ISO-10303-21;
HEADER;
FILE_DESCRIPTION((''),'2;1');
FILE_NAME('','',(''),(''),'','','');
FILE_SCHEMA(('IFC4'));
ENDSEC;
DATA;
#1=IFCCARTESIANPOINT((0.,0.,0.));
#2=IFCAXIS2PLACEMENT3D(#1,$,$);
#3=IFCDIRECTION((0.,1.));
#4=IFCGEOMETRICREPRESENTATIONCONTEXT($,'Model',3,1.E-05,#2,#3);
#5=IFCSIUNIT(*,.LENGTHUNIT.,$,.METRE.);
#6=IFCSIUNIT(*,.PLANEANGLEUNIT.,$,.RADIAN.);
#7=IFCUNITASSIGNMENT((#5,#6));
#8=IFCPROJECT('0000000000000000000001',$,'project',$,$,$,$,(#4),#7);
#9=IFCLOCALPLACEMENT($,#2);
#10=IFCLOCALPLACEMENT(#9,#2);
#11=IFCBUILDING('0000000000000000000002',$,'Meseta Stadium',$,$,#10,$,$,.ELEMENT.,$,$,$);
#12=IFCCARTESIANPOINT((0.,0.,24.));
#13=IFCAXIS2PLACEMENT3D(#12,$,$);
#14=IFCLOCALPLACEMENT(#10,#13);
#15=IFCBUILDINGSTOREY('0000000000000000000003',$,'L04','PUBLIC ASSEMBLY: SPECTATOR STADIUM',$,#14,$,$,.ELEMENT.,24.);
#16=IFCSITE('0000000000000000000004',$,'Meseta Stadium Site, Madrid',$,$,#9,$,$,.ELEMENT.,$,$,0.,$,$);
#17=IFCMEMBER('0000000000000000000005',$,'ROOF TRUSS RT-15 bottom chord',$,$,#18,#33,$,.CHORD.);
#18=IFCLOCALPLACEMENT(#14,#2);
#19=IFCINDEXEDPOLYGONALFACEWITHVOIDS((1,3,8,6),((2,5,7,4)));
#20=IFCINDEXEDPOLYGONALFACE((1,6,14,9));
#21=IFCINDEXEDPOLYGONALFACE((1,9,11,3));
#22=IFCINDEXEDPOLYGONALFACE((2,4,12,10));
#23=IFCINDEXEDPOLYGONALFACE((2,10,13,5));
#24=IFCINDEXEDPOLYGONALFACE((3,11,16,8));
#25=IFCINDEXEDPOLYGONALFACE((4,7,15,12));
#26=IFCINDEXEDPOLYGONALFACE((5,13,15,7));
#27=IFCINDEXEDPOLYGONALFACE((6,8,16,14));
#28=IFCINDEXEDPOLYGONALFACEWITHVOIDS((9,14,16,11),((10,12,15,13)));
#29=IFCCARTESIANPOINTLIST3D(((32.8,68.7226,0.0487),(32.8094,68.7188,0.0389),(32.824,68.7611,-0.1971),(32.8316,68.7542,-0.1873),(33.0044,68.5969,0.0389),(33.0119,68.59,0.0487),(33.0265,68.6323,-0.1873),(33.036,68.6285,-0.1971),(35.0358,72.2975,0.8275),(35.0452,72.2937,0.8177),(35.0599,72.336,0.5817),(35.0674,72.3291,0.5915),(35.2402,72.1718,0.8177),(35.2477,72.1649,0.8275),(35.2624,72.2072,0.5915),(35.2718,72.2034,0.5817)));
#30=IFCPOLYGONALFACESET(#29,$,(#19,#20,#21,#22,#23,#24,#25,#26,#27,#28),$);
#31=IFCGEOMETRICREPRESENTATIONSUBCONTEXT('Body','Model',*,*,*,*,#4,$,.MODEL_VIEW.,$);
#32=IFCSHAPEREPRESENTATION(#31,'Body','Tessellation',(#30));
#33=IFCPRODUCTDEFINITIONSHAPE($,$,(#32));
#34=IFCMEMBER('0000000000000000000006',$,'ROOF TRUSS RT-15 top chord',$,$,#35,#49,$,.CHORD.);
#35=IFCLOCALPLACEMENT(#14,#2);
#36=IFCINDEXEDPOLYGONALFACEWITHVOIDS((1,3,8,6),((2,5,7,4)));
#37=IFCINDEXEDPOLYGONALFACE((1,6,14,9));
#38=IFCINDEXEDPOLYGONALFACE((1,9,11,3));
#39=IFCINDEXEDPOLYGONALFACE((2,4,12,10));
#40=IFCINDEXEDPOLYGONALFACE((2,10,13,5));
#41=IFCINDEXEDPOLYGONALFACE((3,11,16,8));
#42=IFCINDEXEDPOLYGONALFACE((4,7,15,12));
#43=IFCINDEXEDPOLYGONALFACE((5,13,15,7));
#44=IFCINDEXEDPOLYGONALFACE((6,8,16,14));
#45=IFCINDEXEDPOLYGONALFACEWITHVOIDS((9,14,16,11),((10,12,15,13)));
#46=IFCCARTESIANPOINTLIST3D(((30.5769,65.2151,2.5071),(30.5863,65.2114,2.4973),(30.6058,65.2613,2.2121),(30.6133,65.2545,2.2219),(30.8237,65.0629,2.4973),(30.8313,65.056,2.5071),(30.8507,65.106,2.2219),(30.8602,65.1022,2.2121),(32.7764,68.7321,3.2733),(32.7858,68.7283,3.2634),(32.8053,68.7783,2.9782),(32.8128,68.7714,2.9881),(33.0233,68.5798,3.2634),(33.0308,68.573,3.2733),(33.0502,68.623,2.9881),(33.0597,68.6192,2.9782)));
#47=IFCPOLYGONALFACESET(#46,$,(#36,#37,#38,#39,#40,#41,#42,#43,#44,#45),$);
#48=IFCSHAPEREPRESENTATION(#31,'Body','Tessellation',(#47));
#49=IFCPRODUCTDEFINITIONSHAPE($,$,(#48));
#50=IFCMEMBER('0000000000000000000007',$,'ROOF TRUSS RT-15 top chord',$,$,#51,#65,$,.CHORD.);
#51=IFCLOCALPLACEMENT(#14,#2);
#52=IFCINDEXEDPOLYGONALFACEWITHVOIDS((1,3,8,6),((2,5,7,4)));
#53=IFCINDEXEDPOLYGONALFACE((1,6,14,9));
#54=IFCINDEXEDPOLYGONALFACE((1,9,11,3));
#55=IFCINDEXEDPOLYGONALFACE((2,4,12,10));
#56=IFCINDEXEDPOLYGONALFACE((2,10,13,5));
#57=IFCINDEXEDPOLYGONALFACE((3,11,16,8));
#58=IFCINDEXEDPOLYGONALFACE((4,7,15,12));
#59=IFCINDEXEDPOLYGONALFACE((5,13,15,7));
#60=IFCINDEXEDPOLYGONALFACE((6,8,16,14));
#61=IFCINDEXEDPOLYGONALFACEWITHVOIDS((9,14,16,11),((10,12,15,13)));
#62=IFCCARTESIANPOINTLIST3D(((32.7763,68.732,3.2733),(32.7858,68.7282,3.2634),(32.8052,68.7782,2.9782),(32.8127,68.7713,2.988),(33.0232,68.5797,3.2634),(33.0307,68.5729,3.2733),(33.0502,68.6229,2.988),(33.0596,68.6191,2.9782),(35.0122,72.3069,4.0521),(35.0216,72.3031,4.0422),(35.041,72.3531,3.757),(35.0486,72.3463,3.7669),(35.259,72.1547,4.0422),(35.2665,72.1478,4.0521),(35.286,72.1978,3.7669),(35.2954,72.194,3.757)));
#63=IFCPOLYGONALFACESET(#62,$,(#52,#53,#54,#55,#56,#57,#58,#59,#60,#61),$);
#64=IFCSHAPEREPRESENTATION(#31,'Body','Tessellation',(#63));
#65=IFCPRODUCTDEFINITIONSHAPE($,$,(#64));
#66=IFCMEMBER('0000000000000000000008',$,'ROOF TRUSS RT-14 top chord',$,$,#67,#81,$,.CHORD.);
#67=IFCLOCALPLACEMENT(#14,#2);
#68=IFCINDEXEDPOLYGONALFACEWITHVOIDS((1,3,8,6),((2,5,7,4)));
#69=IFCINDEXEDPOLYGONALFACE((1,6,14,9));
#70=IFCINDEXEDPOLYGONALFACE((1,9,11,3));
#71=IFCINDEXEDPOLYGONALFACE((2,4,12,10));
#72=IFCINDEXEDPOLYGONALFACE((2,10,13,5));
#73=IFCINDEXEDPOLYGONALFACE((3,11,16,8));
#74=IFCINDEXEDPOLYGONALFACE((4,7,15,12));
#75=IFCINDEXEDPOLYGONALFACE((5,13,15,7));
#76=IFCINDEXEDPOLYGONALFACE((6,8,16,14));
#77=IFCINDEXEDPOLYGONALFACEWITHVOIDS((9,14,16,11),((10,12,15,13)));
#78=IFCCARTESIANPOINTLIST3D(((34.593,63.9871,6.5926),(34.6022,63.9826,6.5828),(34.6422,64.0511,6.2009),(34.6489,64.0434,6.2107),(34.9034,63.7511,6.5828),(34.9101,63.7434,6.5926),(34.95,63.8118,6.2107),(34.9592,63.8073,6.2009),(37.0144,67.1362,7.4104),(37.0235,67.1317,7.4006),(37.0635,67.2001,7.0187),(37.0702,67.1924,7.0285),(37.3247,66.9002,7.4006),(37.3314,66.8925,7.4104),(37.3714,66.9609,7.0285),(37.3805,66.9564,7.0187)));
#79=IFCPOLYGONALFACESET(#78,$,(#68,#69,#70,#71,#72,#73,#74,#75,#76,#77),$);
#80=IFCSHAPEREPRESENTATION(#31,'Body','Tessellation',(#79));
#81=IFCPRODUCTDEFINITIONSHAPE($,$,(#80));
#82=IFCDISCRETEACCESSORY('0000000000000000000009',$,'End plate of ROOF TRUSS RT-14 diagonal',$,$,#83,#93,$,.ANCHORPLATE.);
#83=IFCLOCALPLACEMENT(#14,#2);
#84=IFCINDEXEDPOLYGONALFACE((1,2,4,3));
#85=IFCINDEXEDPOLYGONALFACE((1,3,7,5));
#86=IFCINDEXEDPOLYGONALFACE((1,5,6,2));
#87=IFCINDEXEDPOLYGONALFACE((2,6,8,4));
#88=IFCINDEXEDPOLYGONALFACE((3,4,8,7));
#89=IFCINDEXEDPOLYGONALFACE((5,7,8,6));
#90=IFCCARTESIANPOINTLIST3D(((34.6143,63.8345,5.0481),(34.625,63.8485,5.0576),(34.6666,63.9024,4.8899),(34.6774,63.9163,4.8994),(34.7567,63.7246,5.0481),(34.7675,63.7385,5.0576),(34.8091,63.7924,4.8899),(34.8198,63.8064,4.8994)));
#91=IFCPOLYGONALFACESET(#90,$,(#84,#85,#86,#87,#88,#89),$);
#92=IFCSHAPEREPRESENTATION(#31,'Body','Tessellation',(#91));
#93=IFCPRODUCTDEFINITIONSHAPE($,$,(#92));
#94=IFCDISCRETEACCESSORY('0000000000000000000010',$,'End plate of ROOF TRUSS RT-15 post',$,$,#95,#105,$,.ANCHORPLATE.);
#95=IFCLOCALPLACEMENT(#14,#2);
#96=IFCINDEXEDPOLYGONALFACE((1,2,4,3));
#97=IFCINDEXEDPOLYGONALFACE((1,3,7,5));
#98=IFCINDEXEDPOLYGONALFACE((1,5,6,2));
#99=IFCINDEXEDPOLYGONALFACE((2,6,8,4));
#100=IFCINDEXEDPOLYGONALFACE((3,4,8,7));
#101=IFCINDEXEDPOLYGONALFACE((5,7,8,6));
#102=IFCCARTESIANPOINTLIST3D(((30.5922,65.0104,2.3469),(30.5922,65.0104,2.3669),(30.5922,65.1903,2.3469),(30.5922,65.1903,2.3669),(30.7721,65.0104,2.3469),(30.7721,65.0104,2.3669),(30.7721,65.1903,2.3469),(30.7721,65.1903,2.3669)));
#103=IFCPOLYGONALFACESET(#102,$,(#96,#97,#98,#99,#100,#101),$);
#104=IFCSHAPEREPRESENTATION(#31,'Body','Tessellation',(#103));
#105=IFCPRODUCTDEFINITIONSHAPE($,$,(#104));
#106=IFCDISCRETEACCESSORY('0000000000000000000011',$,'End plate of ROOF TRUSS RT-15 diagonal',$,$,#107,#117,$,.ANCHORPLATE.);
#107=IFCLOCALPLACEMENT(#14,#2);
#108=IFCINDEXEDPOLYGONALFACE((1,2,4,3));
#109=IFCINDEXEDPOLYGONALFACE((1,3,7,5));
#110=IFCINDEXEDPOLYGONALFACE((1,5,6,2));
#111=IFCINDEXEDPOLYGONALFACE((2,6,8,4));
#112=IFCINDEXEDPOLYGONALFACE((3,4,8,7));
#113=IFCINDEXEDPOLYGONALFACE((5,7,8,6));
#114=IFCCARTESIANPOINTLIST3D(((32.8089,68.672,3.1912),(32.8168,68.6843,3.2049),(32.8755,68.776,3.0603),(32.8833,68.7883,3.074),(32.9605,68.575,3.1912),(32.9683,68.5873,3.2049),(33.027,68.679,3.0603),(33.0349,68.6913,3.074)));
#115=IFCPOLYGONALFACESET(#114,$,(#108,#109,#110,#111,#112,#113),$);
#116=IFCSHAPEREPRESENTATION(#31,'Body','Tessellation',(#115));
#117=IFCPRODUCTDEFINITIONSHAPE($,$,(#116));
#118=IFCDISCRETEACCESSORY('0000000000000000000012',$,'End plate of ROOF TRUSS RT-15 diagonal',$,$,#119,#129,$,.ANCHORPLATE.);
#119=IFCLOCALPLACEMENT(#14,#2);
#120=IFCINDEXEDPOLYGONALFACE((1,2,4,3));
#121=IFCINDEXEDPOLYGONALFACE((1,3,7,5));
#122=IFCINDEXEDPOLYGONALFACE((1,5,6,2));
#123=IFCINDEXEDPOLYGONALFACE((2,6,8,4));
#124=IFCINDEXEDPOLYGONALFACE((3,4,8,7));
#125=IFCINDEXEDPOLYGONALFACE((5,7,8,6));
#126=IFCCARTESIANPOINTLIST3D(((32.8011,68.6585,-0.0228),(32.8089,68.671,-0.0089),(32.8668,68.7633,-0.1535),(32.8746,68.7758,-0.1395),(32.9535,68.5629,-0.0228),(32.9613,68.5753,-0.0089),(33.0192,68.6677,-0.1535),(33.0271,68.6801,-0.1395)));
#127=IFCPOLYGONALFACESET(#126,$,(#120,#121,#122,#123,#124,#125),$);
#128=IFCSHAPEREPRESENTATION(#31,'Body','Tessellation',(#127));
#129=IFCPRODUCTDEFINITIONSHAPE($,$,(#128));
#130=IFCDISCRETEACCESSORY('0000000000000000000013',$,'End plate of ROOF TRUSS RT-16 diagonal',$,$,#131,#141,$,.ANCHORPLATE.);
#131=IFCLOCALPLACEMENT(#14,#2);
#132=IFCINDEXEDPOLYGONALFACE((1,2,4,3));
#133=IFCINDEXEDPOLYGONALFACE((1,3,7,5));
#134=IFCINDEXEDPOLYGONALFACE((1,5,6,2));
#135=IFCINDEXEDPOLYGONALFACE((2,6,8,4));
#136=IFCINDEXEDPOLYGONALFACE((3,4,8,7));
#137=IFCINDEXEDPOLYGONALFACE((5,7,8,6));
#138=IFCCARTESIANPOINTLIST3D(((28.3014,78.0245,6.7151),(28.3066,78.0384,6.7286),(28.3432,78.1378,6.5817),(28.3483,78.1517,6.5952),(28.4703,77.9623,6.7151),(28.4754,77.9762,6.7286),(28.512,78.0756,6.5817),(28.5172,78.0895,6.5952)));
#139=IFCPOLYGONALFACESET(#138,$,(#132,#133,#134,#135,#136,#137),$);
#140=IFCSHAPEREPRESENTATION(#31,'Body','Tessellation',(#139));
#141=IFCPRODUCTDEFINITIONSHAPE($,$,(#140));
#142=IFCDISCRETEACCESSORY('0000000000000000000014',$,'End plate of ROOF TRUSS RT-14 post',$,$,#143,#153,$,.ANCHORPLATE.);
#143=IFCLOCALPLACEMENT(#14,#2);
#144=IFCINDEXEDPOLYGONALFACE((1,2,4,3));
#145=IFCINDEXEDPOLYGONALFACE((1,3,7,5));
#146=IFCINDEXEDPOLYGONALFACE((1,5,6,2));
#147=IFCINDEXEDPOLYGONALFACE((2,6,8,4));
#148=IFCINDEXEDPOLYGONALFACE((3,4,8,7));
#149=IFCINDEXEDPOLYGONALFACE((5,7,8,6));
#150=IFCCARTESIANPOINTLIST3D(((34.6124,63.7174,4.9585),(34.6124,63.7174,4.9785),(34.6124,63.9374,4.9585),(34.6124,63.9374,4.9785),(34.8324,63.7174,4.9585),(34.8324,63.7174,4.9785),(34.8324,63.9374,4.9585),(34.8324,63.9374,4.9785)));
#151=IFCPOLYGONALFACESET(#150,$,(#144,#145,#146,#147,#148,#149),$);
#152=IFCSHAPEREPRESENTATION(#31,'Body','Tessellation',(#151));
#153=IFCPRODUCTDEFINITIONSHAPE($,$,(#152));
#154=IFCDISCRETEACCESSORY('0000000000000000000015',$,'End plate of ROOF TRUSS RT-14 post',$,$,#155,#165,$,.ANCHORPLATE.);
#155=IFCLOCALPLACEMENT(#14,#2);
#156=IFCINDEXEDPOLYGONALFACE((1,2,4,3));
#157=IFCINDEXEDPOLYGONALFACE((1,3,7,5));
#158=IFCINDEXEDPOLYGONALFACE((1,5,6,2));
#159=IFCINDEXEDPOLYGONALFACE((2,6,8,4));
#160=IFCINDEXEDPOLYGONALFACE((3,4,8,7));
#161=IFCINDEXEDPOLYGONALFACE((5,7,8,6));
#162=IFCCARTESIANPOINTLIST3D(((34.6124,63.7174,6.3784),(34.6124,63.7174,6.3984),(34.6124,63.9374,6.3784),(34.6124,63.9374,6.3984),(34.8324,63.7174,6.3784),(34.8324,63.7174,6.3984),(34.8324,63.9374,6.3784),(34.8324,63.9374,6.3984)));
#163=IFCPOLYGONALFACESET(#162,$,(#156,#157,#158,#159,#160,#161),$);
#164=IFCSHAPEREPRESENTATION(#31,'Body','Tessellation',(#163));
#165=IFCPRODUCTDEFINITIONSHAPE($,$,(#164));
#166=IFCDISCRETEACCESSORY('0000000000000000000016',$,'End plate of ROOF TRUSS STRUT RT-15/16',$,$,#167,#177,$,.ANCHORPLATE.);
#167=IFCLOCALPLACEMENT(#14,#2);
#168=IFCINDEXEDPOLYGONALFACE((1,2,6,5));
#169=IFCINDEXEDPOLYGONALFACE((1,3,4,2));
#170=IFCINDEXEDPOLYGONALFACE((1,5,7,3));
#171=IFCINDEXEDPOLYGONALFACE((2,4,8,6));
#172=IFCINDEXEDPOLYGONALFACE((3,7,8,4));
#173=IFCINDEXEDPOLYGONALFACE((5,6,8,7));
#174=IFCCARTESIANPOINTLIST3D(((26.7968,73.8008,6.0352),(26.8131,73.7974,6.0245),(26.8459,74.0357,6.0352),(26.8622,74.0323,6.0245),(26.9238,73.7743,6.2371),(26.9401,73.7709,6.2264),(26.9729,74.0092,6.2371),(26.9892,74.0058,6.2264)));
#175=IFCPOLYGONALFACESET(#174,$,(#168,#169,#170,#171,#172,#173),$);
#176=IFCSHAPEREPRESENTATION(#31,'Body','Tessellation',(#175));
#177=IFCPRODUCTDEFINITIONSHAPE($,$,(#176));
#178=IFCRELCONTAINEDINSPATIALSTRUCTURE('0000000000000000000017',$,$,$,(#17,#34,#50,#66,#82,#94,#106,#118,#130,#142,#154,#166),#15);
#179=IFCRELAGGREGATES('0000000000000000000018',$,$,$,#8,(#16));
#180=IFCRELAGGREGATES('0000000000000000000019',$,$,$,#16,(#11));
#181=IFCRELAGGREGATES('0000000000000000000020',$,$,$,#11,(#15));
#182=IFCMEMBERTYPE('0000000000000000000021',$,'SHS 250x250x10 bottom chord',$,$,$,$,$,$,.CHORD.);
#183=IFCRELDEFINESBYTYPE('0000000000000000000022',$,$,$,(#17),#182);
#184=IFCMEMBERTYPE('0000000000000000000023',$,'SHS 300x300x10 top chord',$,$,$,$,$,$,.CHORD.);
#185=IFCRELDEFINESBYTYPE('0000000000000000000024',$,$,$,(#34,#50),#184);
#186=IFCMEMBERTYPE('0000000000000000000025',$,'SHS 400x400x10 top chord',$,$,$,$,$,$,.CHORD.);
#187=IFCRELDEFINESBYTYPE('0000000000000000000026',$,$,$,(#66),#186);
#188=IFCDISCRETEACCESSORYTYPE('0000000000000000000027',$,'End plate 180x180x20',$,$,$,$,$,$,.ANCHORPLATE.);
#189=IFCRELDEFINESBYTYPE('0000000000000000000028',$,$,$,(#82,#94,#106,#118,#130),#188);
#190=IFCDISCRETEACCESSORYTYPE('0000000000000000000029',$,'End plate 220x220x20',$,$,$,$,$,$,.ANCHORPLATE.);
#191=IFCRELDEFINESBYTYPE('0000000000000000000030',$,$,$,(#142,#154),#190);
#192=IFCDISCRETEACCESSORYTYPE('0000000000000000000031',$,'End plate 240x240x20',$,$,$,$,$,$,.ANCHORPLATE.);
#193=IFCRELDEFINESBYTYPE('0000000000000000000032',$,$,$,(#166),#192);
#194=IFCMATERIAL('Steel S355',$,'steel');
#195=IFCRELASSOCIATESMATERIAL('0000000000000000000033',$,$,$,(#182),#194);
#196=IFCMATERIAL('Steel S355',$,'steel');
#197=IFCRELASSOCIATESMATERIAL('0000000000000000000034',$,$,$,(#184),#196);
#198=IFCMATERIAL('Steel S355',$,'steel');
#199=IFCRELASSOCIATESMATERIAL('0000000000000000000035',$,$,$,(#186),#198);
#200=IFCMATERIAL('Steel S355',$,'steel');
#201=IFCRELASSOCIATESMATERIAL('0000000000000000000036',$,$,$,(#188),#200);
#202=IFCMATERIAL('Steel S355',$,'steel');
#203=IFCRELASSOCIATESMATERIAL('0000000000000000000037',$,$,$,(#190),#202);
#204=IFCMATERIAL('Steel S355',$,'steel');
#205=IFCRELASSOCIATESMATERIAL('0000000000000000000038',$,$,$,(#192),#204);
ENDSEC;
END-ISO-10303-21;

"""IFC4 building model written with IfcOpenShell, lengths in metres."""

from ifc_helpers import new_model, si_unit, direction, frame, origin, origin_2d, place, context, subcontext, project, spatial, rectangle, hollow_rectangle, extrude, material, material_profile, profile_set, type_object, element, save


model = new_model("IFC4")

# Units and contexts
model_context = context("Model", 3, precision=1e-05, world=origin(), true_north=direction((0.0, 1.0)))
body_context = subcontext(model_context, "Body", "Model", "MODEL_VIEW")
ifc_project = project(units=[si_unit("LENGTHUNIT", "METRE"), si_unit("PLANEANGLEUNIT", "RADIAN")], contexts=[model_context])

# Site, building, storey
site_placement = place(None, origin())
site = spatial("IfcSite", under=ifc_project, at=site_placement, Name="Meseta Stadium Site, Madrid", CompositionType="ELEMENT", RefElevation=0.0)
building_placement = place(site_placement, origin())
building = spatial("IfcBuilding", under=site, at=building_placement, Name="Meseta Stadium", CompositionType="ELEMENT")
storey_placement = place(building_placement, frame((0.0, 0.0, 24.0)))
storey = spatial("IfcBuildingStorey", under=building, at=storey_placement, Name="L04", Description="PUBLIC ASSEMBLY: SPECTATOR STADIUM", CompositionType="ELEMENT", Elevation=24.0)

# Members
ifc_material_1 = material(Name="Steel S355", Category="steel")
ifc_material_profile_1 = material_profile(ifc_material_1, hollow_rectangle(XDim=0.25, YDim=0.25, WallThickness=0.01, at=origin_2d()), Name="SHS 250x250x10")
ifc_profile_set_1 = profile_set([ifc_material_profile_1], Name="Steel S355")
member_type_1 = type_object("IfcMemberType", Name="SHS 250x250x10 bottom chord", PredefinedType="CHORD", material=ifc_profile_set_1)
member_1_placement = place(storey_placement, frame((32.918, 68.6755, -0.0742), z_axis=(0.521434, 0.833737, 0.181631), x_axis=(-0.847839, 0.530254, 0.0)))
element("IfcMember", 1, at=member_1_placement, inside=storey, type_object=member_type_1, Name="ROOF TRUSS RT-15 bottom chord", PredefinedType="CHORD", context=body_context, shape_type="SweptSolid", body=[
    extrude(hollow_rectangle(XDim=0.25, YDim=0.25, WallThickness=0.01, at=origin_2d()), origin(), (0.0, 0.0, 1.0), 4.2878),
])
ifc_material_2 = material(Name="Steel S355", Category="steel")
ifc_material_profile_2 = material_profile(ifc_material_2, hollow_rectangle(XDim=0.3, YDim=0.3, WallThickness=0.01, at=origin_2d()), Name="SHS 300x300x10")
ifc_profile_set_2 = profile_set([ifc_material_profile_2], Name="Steel S355")
member_type_2 = type_object("IfcMemberType", Name="SHS 300x300x10 top chord", PredefinedType="CHORD", material=ifc_profile_set_2)
member_2_placement = place(storey_placement, frame((30.7185, 65.1587, 2.3596), z_axis=(0.521429, 0.833742, 0.181623), x_axis=(-0.847843, 0.530248, 0.0)))
element("IfcMember", 2, at=member_2_placement, inside=storey, type_object=member_type_2, Name="ROOF TRUSS RT-15 top chord", PredefinedType="CHORD", context=body_context, shape_type="SweptSolid", body=[
    extrude(hollow_rectangle(XDim=0.3, YDim=0.3, WallThickness=0.01, at=origin_2d()), origin(), (0.0, 0.0, 1.0), 4.2183),
])
member_3_placement = place(storey_placement, frame((32.918, 68.6755, 3.1257), z_axis=(0.521434, 0.833737, 0.181631), x_axis=(-0.847839, 0.530254, 0.0)))
element("IfcMember", 3, at=member_3_placement, inside=storey, type_object=member_type_2, Name="ROOF TRUSS RT-15 top chord", PredefinedType="CHORD", context=body_context, shape_type="SweptSolid", body=[
    extrude(hollow_rectangle(XDim=0.3, YDim=0.3, WallThickness=0.01, at=origin_2d()), origin(), (0.0, 0.0, 1.0), 4.2878),
])
ifc_material_3 = material(Name="Steel S355", Category="steel")
ifc_material_profile_3 = material_profile(ifc_material_3, hollow_rectangle(XDim=0.3999, YDim=0.3999, WallThickness=0.01, at=origin_2d()), Name="SHS 400x400x10")
ifc_profile_set_3 = profile_set([ifc_material_profile_3], Name="Steel S355")
member_type_3 = type_object("IfcMemberType", Name="SHS 400x400x10 top chord", PredefinedType="CHORD", material=ifc_profile_set_3)
member_4_placement = place(storey_placement, frame((34.7761, 63.8972, 6.3967), z_axis=(0.597022, 0.776466, 0.201656), x_axis=(-0.792752, 0.609544, 0.0)))
element("IfcMember", 4, at=member_4_placement, inside=storey, type_object=member_type_3, Name="ROOF TRUSS RT-14 top chord", PredefinedType="CHORD", context=body_context, shape_type="SweptSolid", body=[
    extrude(hollow_rectangle(XDim=0.3999, YDim=0.3999, WallThickness=0.01, at=origin_2d()), origin(), (0.0, 0.0, 1.0), 4.0557),
])

# Discrete accessories
ifc_material_4 = material(Name="Steel S355", Category="steel")
ifc_material_profile_4 = material_profile(ifc_material_4, rectangle(XDim=0.1799, YDim=0.1799, at=origin_2d()), Name="PL 180x180")
ifc_profile_set_4 = profile_set([ifc_material_profile_4], Name="Steel S355")
discrete_accessory_type_1 = type_object("IfcDiscreteAccessoryType", Name="End plate 180x180x20", PredefinedType="ANCHORPLATE", material=ifc_profile_set_4)
for number, where, z_axis, x_axis, name in (
    (5, (34.7117, 63.8135, 4.969), (0.537305, 0.696054, 0.476248), (-0.79159, 0.611052, 0.0), "End plate of ROOF TRUSS RT-14 diagonal"),
    (6, (30.6821, 65.1003, 2.3469), (0.0, 0.0, 1.0), (1.0, 0.0, 0.0), "End plate of ROOF TRUSS RT-15 post"),
    (7, (32.918, 68.6755, 3.1257), (0.392114, 0.612679, 0.6862), (-0.842271, 0.539054, 0.0), "End plate of ROOF TRUSS RT-15 diagonal"),
):
    element("IfcDiscreteAccessory", number, at=place(storey_placement, frame(where, z_axis=z_axis, x_axis=x_axis)), inside=storey, type_object=discrete_accessory_type_1, Name=name, PredefinedType="ANCHORPLATE", context=body_context, shape_type="SweptSolid", body=[
        extrude(rectangle(XDim=0.1799, YDim=0.1799, at=origin_2d()), origin(), (0.0, 0.0, 1.0), 0.02),
    ])
discrete_accessory_1_placement = place(storey_placement, frame((32.9102, 68.6631, -0.0881), z_axis=(0.385963, 0.615128, 0.687496), x_axis=(-0.847064, 0.531491, 0.0)))
element("IfcDiscreteAccessory", 8, at=discrete_accessory_1_placement, inside=storey, type_object=discrete_accessory_type_1, Name="End plate of ROOF TRUSS RT-15 diagonal", PredefinedType="ANCHORPLATE", context=body_context, shape_type="SweptSolid", body=[
    extrude(rectangle(XDim=0.1799, YDim=0.1799, at=origin_2d()), origin(), (0.0, 0.0, 1.0), 0.0203),
])
discrete_accessory_2_placement = place(storey_placement, frame((28.4067, 78.05, 6.6484), z_axis=(0.256269, 0.695588, 0.671181), x_axis=(-0.938343, 0.345705, 0.0)))
element("IfcDiscreteAccessory", 9, at=discrete_accessory_2_placement, inside=storey, type_object=discrete_accessory_type_1, Name="End plate of ROOF TRUSS RT-16 diagonal", PredefinedType="ANCHORPLATE", context=body_context, shape_type="SweptSolid", body=[
    extrude(rectangle(XDim=0.1799, YDim=0.1799, at=origin_2d()), origin(), (0.0, 0.0, 1.0), 0.02),
])
ifc_material_5 = material(Name="Steel S355", Category="steel")
ifc_material_profile_5 = material_profile(ifc_material_5, rectangle(XDim=0.22, YDim=0.22, at=origin_2d()), Name="PL 220x220")
ifc_profile_set_5 = profile_set([ifc_material_profile_5], Name="Steel S355")
discrete_accessory_type_2 = type_object("IfcDiscreteAccessoryType", Name="End plate 220x220x20", PredefinedType="ANCHORPLATE", material=ifc_profile_set_5)
for number, where, z_axis, x_axis, name in (
    (10, (34.7224, 63.8274, 4.9585), (0.0, 0.0, 1.0), (1.0, 0.0, 0.0), "End plate of ROOF TRUSS RT-14 post"),
    (11, (34.7224, 63.8274, 6.3784), (0.0, 0.0, 1.0), (1.0, 0.0, 0.0), "End plate of ROOF TRUSS RT-14 post"),
):
    element("IfcDiscreteAccessory", number, at=place(storey_placement, frame(where, z_axis=z_axis, x_axis=x_axis)), inside=storey, type_object=discrete_accessory_type_2, Name=name, PredefinedType="ANCHORPLATE", context=body_context, shape_type="SweptSolid", body=[
        extrude(rectangle(XDim=0.22, YDim=0.22, at=origin_2d()), origin(), (0.0, 0.0, 1.0), 0.02),
    ])
ifc_material_6 = material(Name="Steel S355", Category="steel")
ifc_material_profile_6 = material_profile(ifc_material_6, rectangle(XDim=0.24, YDim=0.24, at=origin_2d()), Name="PL 240x240")
ifc_profile_set_6 = profile_set([ifc_material_profile_6], Name="Steel S355")
discrete_accessory_type_3 = type_object("IfcDiscreteAccessoryType", Name="End plate 240x240x20", PredefinedType="ANCHORPLATE", material=ifc_profile_set_6)
discrete_accessory_3_placement = place(storey_placement, frame((26.9011, 73.9016, 6.1255), z_axis=(-0.823404, 0.172055, 0.540743), x_axis=(-0.204538, -0.978859, 0.0)))
element("IfcDiscreteAccessory", 12, at=discrete_accessory_3_placement, inside=storey, type_object=discrete_accessory_type_3, Name="End plate of ROOF TRUSS STRUT RT-15/16", PredefinedType="ANCHORPLATE", context=body_context, shape_type="SweptSolid", body=[
    extrude(rectangle(XDim=0.24, YDim=0.24, at=origin_2d()), origin(), (0.0, 0.0, 1.0), 0.0198),
])

save(model, "model.ifc")
